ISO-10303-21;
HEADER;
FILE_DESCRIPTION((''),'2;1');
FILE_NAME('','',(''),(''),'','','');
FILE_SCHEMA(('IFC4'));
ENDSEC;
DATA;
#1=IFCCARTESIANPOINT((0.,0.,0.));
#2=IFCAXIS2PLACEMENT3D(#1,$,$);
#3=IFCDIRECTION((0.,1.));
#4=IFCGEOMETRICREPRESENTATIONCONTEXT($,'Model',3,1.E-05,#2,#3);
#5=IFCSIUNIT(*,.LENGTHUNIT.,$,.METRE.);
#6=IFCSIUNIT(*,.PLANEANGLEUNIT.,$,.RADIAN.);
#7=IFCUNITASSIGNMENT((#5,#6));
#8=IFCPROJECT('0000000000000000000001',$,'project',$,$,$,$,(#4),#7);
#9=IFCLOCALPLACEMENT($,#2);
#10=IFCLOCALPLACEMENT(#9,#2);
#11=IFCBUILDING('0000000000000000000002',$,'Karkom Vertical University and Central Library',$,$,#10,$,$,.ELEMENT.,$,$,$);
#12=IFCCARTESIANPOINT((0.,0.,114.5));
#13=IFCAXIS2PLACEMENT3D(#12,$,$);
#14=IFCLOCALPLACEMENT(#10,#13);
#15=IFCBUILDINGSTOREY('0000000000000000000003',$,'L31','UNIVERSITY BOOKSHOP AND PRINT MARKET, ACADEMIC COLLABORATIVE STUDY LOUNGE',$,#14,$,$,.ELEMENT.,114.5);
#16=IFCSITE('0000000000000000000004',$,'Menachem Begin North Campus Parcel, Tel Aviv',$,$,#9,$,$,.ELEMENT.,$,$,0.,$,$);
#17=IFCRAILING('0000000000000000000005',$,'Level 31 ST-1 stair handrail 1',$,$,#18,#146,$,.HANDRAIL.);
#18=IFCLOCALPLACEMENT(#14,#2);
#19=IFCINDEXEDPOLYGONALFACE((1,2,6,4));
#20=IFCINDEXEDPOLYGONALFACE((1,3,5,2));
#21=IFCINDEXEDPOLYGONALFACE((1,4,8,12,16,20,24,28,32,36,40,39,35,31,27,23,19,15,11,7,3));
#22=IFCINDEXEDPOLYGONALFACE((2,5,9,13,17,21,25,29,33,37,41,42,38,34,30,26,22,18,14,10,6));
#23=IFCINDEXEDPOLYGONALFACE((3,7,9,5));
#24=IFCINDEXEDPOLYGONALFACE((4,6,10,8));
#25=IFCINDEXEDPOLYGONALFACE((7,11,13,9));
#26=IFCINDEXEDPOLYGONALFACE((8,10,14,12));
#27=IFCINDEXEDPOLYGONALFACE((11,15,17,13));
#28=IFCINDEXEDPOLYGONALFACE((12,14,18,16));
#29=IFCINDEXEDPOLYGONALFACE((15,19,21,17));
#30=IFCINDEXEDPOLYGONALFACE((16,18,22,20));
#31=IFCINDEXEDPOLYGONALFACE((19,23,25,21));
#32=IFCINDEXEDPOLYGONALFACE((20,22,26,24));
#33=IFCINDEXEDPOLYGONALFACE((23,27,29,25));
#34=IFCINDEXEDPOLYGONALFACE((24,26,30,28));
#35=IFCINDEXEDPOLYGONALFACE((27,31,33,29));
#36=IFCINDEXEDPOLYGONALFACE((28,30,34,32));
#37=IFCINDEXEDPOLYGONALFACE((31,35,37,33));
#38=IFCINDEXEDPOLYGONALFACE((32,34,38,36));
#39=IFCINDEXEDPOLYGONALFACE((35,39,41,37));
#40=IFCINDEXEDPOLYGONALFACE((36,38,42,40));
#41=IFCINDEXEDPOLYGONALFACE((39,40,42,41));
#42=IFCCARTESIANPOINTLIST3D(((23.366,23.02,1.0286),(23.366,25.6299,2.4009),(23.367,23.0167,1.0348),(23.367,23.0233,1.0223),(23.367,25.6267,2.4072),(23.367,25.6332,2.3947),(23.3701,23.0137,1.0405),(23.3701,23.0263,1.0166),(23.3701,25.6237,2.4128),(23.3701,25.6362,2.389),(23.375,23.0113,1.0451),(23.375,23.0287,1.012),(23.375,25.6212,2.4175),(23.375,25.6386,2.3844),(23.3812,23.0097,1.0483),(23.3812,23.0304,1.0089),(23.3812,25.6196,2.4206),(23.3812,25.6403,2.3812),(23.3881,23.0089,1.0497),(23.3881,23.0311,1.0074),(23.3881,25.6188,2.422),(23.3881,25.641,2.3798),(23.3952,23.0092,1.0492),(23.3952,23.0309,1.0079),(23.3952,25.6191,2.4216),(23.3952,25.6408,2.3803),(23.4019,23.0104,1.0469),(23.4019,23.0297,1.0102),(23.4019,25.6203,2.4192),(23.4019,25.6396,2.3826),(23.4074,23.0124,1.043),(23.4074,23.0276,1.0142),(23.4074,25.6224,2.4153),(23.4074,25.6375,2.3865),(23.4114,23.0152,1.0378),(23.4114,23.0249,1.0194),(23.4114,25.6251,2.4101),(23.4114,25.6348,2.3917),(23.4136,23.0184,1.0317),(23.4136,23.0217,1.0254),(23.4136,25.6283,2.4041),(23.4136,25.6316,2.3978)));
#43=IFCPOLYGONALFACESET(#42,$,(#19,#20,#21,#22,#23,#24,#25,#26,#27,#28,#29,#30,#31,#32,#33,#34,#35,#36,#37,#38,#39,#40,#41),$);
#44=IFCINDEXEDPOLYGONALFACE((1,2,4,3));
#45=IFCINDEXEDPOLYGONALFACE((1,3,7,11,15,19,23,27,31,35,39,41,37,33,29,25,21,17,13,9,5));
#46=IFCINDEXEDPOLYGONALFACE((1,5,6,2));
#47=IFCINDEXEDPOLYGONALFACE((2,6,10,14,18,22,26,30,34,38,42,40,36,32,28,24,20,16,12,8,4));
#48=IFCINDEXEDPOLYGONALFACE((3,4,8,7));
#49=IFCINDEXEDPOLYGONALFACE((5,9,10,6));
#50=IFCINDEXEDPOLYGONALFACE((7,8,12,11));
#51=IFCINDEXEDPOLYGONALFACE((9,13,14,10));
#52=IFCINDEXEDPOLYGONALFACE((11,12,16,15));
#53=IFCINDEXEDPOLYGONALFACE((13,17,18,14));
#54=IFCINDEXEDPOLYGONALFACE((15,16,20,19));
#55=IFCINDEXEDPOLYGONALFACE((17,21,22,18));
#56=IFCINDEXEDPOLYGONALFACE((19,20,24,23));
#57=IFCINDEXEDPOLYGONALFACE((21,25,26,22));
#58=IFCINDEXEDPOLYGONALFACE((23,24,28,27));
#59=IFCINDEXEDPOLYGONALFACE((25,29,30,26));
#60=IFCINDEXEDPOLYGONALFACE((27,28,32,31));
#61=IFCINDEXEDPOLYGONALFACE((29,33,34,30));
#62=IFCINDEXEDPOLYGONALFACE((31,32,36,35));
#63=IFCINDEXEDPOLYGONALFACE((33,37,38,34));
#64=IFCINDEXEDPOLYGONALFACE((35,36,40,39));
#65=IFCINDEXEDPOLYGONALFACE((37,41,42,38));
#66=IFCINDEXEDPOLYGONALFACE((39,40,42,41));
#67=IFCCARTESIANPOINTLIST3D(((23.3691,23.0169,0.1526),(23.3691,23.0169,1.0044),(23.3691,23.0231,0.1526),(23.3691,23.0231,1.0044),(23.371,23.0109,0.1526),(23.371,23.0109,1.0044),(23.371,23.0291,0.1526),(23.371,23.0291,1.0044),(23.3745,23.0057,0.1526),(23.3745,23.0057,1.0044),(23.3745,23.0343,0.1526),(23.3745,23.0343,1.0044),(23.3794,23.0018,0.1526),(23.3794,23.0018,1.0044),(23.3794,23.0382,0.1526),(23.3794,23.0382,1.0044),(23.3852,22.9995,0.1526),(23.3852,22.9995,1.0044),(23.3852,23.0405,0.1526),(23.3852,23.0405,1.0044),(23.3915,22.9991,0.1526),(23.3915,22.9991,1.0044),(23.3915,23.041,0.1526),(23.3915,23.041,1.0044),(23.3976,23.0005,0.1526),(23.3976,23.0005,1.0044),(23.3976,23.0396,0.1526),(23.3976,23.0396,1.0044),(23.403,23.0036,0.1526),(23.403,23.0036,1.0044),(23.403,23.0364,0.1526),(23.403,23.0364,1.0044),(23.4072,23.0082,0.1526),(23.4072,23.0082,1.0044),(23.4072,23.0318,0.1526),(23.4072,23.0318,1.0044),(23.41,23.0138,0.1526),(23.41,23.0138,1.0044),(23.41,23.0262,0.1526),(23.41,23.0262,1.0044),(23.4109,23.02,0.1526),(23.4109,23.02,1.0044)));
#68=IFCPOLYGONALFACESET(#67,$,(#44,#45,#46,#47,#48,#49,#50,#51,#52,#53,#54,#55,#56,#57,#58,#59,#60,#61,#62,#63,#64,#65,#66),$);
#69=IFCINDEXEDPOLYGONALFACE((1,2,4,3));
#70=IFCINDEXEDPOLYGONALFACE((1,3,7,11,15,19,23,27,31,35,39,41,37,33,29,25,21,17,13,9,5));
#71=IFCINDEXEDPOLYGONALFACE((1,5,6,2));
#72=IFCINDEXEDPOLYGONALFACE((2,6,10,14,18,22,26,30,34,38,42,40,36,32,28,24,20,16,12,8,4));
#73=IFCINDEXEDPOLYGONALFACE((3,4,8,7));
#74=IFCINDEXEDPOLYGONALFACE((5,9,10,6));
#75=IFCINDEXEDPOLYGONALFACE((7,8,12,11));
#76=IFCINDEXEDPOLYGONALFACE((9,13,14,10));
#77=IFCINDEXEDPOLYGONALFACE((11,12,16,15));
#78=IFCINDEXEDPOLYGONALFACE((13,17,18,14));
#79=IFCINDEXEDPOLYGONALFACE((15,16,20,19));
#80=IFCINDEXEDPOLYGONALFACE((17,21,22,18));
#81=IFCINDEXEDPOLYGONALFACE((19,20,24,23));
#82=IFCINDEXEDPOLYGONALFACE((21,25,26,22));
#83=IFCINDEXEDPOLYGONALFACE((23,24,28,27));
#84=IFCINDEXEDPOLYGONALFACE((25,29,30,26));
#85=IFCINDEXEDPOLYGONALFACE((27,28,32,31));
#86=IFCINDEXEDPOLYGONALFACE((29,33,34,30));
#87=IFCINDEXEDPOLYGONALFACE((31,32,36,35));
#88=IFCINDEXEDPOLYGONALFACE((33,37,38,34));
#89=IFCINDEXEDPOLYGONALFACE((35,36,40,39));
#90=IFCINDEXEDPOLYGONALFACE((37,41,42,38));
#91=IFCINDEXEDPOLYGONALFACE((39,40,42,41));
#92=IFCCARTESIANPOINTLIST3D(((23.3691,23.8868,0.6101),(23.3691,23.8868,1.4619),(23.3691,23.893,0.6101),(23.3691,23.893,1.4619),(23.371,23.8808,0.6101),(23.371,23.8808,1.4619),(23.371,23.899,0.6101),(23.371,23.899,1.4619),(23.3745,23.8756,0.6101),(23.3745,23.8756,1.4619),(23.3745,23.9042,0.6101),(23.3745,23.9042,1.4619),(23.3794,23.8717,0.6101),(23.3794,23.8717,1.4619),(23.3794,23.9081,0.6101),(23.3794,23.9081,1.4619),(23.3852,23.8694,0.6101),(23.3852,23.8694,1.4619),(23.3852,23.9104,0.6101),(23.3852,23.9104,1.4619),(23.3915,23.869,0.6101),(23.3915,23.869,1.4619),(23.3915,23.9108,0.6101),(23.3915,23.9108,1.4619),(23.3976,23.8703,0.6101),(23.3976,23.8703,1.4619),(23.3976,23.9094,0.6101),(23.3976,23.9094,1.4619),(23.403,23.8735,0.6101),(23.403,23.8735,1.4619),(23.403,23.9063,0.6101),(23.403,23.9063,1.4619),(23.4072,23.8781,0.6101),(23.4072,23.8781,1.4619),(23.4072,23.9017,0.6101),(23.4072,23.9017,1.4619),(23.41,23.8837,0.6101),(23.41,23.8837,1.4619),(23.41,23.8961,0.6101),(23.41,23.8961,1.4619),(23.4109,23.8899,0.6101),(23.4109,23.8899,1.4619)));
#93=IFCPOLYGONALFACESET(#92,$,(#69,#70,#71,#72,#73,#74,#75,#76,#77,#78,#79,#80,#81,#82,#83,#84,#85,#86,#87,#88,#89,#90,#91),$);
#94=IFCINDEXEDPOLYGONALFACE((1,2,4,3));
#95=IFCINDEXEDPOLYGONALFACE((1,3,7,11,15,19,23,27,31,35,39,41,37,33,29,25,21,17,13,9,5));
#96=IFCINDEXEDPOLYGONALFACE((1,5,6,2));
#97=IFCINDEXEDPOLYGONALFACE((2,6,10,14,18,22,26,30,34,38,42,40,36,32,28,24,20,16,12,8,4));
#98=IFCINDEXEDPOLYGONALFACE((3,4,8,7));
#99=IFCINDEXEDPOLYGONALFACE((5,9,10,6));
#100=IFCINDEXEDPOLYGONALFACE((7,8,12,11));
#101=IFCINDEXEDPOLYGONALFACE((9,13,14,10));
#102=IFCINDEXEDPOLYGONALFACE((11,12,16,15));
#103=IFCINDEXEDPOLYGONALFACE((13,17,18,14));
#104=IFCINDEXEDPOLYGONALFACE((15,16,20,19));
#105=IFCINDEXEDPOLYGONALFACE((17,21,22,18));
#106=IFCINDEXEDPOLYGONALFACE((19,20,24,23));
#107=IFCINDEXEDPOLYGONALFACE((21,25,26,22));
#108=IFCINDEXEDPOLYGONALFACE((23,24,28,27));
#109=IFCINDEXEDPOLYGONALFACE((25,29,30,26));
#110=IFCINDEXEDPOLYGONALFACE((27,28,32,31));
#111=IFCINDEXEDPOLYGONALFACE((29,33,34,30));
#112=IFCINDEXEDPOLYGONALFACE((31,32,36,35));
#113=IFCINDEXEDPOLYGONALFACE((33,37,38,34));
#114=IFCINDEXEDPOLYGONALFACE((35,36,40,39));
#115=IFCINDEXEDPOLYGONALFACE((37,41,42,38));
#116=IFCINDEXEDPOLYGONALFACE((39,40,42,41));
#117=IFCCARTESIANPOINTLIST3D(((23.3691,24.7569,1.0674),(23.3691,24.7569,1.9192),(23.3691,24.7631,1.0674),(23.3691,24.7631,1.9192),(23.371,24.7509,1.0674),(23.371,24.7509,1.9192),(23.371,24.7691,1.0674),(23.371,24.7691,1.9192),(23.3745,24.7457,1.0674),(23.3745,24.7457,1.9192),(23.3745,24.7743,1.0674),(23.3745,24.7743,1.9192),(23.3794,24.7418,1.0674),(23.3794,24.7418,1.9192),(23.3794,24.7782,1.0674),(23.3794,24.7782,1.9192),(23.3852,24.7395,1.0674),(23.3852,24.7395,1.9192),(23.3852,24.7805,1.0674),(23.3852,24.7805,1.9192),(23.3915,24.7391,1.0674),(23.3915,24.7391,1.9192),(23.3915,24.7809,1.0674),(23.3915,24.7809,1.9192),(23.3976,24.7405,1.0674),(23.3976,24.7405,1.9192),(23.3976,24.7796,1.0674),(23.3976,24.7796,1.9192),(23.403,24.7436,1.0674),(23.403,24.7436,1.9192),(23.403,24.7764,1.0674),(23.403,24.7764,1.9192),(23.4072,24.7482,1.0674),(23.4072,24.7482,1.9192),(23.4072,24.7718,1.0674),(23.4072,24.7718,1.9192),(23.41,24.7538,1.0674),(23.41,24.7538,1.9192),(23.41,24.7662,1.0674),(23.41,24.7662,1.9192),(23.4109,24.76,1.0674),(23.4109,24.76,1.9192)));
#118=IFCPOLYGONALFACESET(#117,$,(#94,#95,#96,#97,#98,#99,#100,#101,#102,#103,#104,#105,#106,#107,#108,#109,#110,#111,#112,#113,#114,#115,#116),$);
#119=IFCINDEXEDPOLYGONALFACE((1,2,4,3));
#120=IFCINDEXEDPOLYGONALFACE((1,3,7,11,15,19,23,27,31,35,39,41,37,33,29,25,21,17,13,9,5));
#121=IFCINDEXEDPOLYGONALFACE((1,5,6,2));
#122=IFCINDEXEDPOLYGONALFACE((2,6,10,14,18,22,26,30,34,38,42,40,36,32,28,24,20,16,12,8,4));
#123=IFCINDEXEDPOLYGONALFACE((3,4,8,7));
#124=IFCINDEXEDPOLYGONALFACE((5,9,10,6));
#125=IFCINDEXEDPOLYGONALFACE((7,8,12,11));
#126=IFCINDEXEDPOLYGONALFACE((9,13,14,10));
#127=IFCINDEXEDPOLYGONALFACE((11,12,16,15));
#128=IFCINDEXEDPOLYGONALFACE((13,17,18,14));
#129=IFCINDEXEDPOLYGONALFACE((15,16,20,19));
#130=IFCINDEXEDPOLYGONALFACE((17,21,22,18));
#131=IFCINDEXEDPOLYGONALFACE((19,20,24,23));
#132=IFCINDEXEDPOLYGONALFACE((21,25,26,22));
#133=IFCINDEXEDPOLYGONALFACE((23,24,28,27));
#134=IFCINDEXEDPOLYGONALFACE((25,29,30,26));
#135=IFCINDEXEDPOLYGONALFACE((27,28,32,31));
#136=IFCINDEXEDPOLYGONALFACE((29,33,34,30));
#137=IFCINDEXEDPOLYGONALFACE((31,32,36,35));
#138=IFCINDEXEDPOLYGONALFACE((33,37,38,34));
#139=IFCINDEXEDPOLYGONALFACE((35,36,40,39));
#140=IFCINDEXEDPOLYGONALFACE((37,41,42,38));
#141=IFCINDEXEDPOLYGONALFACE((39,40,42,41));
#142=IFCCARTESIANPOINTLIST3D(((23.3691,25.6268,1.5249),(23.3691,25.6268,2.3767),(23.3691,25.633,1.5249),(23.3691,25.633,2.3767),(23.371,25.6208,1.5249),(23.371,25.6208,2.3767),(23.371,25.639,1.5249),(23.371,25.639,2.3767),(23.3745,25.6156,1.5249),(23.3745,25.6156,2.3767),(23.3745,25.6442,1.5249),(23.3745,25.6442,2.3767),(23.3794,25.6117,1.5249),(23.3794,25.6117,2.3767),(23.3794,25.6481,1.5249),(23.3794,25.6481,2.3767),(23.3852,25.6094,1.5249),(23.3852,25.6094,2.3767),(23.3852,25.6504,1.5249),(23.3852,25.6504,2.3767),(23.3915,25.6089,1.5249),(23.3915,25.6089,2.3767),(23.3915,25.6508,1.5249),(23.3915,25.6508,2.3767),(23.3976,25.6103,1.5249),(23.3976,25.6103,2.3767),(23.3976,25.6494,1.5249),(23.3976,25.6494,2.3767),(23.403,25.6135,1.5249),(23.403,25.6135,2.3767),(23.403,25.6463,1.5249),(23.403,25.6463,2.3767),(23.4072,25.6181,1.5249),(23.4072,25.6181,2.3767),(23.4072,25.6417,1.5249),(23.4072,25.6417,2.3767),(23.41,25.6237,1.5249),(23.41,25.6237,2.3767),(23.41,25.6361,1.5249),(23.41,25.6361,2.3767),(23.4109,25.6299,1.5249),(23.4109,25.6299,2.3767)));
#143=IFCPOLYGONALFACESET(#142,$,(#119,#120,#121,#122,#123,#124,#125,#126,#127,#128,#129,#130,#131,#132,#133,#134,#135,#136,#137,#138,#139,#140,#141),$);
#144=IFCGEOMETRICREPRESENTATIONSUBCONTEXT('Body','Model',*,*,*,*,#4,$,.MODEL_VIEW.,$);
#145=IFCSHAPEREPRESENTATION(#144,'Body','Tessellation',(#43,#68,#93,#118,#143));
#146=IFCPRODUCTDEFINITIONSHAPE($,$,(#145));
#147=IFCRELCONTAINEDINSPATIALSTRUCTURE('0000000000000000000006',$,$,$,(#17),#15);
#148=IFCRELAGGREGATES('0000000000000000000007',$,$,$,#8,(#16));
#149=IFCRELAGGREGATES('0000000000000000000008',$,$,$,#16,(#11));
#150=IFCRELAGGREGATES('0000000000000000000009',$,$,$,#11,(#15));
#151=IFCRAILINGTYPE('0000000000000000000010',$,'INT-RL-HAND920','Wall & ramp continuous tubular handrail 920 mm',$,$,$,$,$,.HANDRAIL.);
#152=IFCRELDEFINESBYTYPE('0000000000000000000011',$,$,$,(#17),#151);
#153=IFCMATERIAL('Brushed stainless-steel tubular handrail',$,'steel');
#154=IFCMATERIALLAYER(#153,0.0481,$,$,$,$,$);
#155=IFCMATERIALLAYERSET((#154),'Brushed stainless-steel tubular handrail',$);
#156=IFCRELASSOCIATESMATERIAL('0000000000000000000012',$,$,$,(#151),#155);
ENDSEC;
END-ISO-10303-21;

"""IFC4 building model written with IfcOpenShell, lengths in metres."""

from ifc_helpers import new_model, si_unit, direction, frame, origin, origin_2d, place, context, subcontext, project, spatial, circle, extrude, material, layer, layer_set, type_object, element, save


model = new_model("IFC4")

# Units and contexts
model_context = context("Model", 3, precision=1e-05, world=origin(), true_north=direction((0.0, 1.0)))
body_context = subcontext(model_context, "Body", "Model", "MODEL_VIEW")
ifc_project = project(units=[si_unit("LENGTHUNIT", "METRE"), si_unit("PLANEANGLEUNIT", "RADIAN")], contexts=[model_context])

# Site, building, storey
site_placement = place(None, origin())
site = spatial("IfcSite", under=ifc_project, at=site_placement, Name="Menachem Begin North Campus Parcel, Tel Aviv", CompositionType="ELEMENT", RefElevation=0.0)
building_placement = place(site_placement, origin())
building = spatial("IfcBuilding", under=site, at=building_placement, Name="Karkom Vertical University and Central Library", CompositionType="ELEMENT")
storey_placement = place(building_placement, frame((0.0, 0.0, 114.5)))
storey = spatial("IfcBuildingStorey", under=building, at=storey_placement, Name="L31", Description="UNIVERSITY BOOKSHOP AND PRINT MARKET, ACADEMIC COLLABORATIVE STUDY LOUNGE", CompositionType="ELEMENT", Elevation=114.5)

# Railing
ifc_material_1 = material(Name="Brushed stainless-steel tubular handrail", Category="steel")
ifc_layer_1 = layer(ifc_material_1, 0.0481)
ifc_layer_set_1 = layer_set([ifc_layer_1], Name="Brushed stainless-steel tubular handrail")
railing_type_1 = type_object("IfcRailingType", Name="INT-RL-HAND920", Description="Wall & ramp continuous tubular handrail 920 mm", PredefinedType="HANDRAIL", material=ifc_layer_set_1)
railing_1_placement = place(storey_placement, frame((23.3899, 23.02, 0.1526)))
element("IfcRailing", 1, at=railing_1_placement, inside=storey, type_object=railing_type_1, Name="Level 31 ST-1 stair handrail 1", PredefinedType="HANDRAIL", context=body_context, shape_type="SweptSolid", body=[
    extrude(circle(Radius=0.0239, at=origin_2d()), frame((0.0, 0.0, 0.876), z_axis=(0.0, 0.8851, 0.465402), x_axis=(-1.0, 0.0, 0.0)), (0.0, 0.0, 1.0), 2.9487),
    extrude(circle(Radius=0.021, at=origin_2d()), origin(), (0.0, 0.0, 1.0), 0.8518),
    extrude(circle(Radius=0.021, at=origin_2d()), frame((0.0, 0.8699, 0.4575)), (0.0, 0.0, 1.0), 0.8518),
    extrude(circle(Radius=0.021, at=origin_2d()), frame((0.0, 1.74, 0.9148)), (0.0, 0.0, 1.0), 0.8518),
    extrude(circle(Radius=0.021, at=origin_2d()), frame((0.0, 2.6099, 1.3723)), (0.0, 0.0, 1.0), 0.8518),
])

save(model, "model.ifc")
